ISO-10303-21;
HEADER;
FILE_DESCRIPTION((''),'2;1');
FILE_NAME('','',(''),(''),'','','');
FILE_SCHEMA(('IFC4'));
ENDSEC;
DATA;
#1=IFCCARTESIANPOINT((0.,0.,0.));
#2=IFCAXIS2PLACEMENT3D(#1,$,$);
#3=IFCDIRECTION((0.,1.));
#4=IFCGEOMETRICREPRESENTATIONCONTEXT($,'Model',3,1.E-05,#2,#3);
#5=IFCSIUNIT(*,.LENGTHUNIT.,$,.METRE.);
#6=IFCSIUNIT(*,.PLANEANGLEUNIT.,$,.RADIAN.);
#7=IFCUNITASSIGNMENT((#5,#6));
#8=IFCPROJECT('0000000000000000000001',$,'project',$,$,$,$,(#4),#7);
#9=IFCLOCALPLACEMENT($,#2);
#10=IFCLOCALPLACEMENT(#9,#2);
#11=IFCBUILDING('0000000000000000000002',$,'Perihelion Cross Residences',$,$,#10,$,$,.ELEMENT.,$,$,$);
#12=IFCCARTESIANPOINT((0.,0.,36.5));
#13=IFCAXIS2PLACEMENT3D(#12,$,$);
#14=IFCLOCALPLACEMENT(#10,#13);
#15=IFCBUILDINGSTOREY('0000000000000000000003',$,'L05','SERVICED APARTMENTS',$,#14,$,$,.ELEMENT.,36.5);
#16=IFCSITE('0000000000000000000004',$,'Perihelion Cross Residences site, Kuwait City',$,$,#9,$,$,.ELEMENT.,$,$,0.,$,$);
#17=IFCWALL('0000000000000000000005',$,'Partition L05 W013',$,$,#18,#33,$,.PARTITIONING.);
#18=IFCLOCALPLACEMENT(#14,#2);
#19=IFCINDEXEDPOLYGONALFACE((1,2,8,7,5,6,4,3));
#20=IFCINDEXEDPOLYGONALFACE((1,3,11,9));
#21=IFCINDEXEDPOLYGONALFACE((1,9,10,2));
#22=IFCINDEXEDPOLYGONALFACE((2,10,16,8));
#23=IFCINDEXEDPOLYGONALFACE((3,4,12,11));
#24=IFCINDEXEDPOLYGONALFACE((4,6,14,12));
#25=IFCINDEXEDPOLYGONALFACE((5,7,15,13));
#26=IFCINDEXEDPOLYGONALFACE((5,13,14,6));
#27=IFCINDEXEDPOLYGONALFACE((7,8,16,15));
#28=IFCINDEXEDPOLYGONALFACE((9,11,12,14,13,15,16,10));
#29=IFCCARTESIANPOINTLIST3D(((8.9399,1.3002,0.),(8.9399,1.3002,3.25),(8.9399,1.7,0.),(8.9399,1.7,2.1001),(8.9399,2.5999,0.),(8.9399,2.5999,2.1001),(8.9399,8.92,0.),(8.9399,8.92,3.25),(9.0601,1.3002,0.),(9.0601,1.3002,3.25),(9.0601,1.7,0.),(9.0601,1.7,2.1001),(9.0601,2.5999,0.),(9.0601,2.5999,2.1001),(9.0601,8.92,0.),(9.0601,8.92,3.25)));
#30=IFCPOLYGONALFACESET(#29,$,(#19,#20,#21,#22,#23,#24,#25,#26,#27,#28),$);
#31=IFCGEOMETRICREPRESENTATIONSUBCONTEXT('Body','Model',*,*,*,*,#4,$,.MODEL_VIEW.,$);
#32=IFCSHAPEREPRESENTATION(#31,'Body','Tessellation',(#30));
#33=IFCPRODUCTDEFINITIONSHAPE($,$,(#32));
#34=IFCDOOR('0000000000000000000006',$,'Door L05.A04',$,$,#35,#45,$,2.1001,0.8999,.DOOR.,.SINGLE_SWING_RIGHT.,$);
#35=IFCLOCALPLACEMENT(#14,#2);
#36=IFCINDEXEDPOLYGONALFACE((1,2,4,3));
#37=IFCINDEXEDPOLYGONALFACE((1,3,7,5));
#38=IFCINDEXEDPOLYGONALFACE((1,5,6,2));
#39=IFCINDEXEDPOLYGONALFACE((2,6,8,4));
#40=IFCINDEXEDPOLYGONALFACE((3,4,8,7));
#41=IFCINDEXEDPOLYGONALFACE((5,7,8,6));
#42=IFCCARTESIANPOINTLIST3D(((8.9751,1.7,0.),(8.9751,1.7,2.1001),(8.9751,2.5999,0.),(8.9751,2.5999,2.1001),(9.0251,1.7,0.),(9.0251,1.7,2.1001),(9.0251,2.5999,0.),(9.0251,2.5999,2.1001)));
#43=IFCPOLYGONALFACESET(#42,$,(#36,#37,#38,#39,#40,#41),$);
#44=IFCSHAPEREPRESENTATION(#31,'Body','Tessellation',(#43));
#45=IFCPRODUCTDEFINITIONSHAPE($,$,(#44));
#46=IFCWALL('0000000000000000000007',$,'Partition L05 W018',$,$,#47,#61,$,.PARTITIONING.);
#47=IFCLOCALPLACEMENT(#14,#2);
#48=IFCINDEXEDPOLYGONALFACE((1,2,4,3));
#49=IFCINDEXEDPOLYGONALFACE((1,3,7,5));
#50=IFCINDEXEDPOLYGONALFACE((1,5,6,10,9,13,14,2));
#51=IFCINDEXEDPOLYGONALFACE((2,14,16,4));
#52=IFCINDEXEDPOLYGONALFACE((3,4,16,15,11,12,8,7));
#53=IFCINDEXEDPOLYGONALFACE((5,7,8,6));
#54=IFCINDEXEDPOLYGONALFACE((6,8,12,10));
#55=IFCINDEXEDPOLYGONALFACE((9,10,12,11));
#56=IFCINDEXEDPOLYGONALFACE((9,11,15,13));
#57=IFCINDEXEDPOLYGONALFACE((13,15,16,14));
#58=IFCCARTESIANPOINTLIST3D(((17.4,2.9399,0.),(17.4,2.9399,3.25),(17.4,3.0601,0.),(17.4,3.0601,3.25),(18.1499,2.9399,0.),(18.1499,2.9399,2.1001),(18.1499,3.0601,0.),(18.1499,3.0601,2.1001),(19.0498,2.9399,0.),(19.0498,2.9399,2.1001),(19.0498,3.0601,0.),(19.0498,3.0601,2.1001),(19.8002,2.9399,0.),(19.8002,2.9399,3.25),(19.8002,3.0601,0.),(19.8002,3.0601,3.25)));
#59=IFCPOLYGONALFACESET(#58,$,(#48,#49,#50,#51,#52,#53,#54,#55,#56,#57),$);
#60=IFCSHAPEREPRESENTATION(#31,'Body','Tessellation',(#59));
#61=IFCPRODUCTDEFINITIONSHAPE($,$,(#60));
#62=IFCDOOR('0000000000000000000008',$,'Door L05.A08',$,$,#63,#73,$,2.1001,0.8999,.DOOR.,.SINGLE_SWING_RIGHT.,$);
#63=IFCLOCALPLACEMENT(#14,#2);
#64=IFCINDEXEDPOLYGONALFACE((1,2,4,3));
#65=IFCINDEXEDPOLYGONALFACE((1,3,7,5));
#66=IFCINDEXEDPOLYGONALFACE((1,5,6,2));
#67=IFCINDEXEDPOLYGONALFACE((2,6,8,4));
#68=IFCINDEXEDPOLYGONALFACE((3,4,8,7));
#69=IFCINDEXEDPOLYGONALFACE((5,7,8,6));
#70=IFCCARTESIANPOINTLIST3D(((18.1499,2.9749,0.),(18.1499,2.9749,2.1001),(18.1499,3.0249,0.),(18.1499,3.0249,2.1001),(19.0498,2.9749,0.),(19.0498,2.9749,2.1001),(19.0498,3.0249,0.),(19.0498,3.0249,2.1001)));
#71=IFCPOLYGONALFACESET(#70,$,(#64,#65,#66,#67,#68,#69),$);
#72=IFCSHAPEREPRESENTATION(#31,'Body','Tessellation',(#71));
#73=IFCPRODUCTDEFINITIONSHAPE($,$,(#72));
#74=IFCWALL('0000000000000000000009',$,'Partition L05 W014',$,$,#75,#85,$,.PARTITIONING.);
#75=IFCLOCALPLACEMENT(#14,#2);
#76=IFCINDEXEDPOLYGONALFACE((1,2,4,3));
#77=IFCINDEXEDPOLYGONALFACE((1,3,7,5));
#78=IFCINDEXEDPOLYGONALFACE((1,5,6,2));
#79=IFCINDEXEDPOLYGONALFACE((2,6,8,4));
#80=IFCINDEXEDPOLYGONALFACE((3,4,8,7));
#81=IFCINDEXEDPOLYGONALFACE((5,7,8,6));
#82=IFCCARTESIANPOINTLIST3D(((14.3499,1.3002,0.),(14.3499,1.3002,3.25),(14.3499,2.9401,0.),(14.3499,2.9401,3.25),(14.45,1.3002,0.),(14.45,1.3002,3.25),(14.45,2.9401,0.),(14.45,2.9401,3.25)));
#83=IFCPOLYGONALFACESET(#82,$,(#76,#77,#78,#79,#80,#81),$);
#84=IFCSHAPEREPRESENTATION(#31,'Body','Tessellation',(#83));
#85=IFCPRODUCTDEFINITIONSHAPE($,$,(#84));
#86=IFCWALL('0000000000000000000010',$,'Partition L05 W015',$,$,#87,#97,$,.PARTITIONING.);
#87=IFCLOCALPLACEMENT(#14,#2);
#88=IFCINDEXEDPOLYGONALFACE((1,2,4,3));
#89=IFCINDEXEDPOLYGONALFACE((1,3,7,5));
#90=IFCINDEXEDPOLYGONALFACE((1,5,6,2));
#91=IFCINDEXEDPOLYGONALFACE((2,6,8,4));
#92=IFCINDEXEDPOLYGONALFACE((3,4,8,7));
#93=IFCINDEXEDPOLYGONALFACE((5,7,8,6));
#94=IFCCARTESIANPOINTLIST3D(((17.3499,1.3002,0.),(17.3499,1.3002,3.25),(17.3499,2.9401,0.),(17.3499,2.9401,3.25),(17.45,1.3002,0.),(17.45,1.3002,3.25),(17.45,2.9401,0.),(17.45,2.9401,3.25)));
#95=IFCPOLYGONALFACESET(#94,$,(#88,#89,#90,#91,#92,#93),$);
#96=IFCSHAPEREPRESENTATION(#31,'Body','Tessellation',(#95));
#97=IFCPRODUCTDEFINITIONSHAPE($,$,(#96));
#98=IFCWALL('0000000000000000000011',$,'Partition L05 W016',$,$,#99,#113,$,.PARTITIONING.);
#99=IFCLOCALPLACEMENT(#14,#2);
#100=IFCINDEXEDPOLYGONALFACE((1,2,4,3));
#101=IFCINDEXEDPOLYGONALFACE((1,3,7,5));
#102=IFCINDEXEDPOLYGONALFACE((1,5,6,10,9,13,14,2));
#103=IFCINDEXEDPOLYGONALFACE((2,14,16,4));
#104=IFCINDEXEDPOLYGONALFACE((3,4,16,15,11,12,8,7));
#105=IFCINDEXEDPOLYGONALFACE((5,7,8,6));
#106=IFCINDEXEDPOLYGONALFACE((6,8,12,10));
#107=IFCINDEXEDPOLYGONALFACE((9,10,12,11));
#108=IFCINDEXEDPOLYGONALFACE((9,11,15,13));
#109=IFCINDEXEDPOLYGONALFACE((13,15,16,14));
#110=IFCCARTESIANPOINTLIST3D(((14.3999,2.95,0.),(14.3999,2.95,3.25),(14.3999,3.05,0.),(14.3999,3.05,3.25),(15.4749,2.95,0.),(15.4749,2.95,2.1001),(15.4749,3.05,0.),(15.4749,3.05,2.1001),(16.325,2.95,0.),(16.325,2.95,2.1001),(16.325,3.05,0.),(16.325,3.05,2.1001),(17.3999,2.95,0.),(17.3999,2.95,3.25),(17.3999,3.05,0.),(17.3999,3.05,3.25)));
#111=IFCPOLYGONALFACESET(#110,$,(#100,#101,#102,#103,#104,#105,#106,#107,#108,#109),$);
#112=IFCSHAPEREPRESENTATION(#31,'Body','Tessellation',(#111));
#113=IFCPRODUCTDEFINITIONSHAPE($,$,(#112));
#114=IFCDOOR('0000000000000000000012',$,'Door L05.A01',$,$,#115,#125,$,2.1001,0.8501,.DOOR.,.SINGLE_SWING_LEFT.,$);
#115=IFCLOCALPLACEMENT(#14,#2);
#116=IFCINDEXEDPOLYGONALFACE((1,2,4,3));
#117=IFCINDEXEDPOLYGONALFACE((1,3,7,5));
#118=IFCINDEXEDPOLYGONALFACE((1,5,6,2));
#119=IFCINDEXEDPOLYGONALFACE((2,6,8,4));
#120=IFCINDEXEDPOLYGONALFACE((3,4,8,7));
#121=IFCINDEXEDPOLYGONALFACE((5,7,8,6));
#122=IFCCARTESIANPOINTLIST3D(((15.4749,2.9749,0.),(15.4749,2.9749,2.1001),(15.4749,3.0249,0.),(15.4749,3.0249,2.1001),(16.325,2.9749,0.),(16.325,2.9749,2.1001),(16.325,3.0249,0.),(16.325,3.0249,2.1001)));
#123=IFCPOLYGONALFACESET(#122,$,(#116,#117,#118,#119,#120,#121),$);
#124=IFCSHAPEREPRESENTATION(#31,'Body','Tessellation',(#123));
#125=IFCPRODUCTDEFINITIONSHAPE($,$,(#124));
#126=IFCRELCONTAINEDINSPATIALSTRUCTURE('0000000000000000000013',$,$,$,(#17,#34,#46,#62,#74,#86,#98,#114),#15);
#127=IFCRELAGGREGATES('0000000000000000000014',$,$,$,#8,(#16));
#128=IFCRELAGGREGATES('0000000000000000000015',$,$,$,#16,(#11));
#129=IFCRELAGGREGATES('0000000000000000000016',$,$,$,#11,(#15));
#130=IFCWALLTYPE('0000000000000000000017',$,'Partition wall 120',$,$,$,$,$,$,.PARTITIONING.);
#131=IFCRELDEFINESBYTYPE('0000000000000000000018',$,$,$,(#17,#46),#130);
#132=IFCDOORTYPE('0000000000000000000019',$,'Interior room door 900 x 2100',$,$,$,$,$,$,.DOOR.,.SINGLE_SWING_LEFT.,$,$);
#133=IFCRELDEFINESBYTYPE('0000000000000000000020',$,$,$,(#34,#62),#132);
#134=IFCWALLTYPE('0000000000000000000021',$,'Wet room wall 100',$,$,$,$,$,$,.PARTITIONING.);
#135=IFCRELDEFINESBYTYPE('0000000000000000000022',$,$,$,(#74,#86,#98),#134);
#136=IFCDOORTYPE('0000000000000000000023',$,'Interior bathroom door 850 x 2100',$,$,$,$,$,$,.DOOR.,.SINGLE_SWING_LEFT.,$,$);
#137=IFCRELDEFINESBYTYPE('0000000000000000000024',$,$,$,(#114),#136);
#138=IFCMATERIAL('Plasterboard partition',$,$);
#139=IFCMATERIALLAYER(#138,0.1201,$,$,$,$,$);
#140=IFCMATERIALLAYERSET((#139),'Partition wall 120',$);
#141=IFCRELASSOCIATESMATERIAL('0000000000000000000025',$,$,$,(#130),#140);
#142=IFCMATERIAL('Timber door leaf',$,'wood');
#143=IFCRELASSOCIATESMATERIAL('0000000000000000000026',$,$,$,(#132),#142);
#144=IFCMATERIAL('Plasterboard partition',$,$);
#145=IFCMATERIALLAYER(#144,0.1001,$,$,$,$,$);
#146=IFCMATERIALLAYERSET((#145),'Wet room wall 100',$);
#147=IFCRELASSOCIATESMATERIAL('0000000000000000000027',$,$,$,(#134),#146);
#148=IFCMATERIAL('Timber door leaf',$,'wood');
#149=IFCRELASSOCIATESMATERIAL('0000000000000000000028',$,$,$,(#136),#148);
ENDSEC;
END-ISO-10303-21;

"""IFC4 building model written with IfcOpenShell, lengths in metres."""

from ifc_helpers import new_model, si_unit, direction, frame, frame_2d, origin, place, context, subcontext, project, spatial, rectangle, extrude, material, layer, layer_set, type_object, element, fill, save


model = new_model("IFC4")

# Units and contexts
model_context = context("Model", 3, precision=1e-05, world=origin(), true_north=direction((0.0, 1.0)))
body_context = subcontext(model_context, "Body", "Model", "MODEL_VIEW")
ifc_project = project(units=[si_unit("LENGTHUNIT", "METRE"), si_unit("PLANEANGLEUNIT", "RADIAN")], contexts=[model_context])

# Site, building, storey
site_placement = place(None, origin())
site = spatial("IfcSite", under=ifc_project, at=site_placement, Name="Perihelion Cross Residences site, Kuwait City", CompositionType="ELEMENT", RefElevation=0.0)
building_placement = place(site_placement, origin())
building = spatial("IfcBuilding", under=site, at=building_placement, Name="Perihelion Cross Residences", CompositionType="ELEMENT")
storey_placement = place(building_placement, frame((0.0, 0.0, 36.5)))
storey = spatial("IfcBuildingStorey", under=building, at=storey_placement, Name="L05", Description="SERVICED APARTMENTS", CompositionType="ELEMENT", Elevation=36.5)

# Walls, openings, doors
ifc_material_1 = material(Name="Plasterboard partition")
ifc_layer_1 = layer(ifc_material_1, 0.1201)
ifc_layer_set_1 = layer_set([ifc_layer_1], Name="Partition wall 120")
wall_type_1 = type_object("IfcWallType", Name="Partition wall 120", PredefinedType="PARTITIONING", material=ifc_layer_set_1)
ifc_material_2 = material(Name="Timber door leaf", Category="wood")
door_type_1 = type_object("IfcDoorType", Name="Interior room door 900 x 2100", OperationType="SINGLE_SWING_LEFT", PredefinedType="DOOR", material=ifc_material_2)
wall_1_placement = place(storey_placement, frame((9.0, 1.3, 0.0), z_axis=(0.0, 0.0, 1.0), x_axis=(0.0, 1.0, 0.0)))
wall_1 = element("IfcWall", 1, at=wall_1_placement, inside=storey, type_object=wall_type_1, Name="Partition L05 W013", PredefinedType="PARTITIONING", context=body_context, shape_type="SweptSolid", body=[
    extrude(rectangle(XDim=7.6199, YDim=0.1201, at=frame_2d((3.8101, 0.0))), origin(), (0.0, 0.0, 1.0), 3.25),
])
opening_1_placement = place(wall_1_placement, frame((0.3999, 0.0, 0.0)))
opening_1 = element("IfcOpeningElement", 2, at=opening_1_placement, cuts=wall_1, PredefinedType="OPENING", context=body_context, shape_type="SweptSolid", body=[
    extrude(rectangle(XDim=0.8999, YDim=2.1001, at=frame_2d((0.45, 1.05))), frame((0.0, 0.0701, 0.0), z_axis=(0.0, -1.0, 0.0), x_axis=(1.0, 0.0, 0.0)), (0.0, 0.0, 1.0), 0.1401),
])
door_1_placement = place(opening_1_placement, origin())
door_1 = element("IfcDoor", 3, at=door_1_placement, inside=storey, type_object=door_type_1, Name="Door L05.A04", OperationType="SINGLE_SWING_RIGHT", OverallHeight=2.1001, OverallWidth=0.8999, PredefinedType="DOOR", context=body_context, shape_type="SweptSolid", body=[
    extrude(rectangle(XDim=0.8999, YDim=2.1001, at=frame_2d((0.45, 1.05))), frame((0.0, 0.0249, 0.0), z_axis=(0.0, -1.0, 0.0), x_axis=(1.0, 0.0, 0.0)), (0.0, 0.0, 1.0), 0.05),
])
fill(opening_1, door_1)
wall_2_placement = place(storey_placement, frame((17.3999, 3.0, 0.0), z_axis=(0.0, 0.0, 1.0), x_axis=(1.0, 0.0, 0.0)))
wall_2 = element("IfcWall", 4, at=wall_2_placement, inside=storey, type_object=wall_type_1, Name="Partition L05 W018", PredefinedType="PARTITIONING", context=body_context, shape_type="SweptSolid", body=[
    extrude(rectangle(XDim=2.4001, YDim=0.1201, at=frame_2d((1.2002, 0.0))), origin(), (0.0, 0.0, 1.0), 3.25),
])
opening_2_placement = place(wall_2_placement, frame((0.75, 0.0, 0.0)))
opening_2 = element("IfcOpeningElement", 5, at=opening_2_placement, cuts=wall_2, PredefinedType="OPENING", context=body_context, shape_type="SweptSolid", body=[
    extrude(rectangle(XDim=0.8999, YDim=2.1001, at=frame_2d((0.45, 1.05))), frame((0.0, 0.0701, 0.0), z_axis=(0.0, -1.0, 0.0), x_axis=(1.0, 0.0, 0.0)), (0.0, 0.0, 1.0), 0.1401),
])
door_2_placement = place(opening_2_placement, origin())
door_2 = element("IfcDoor", 6, at=door_2_placement, inside=storey, type_object=door_type_1, Name="Door L05.A08", OperationType="SINGLE_SWING_RIGHT", OverallHeight=2.1001, OverallWidth=0.8999, PredefinedType="DOOR", context=body_context, shape_type="SweptSolid", body=[
    extrude(rectangle(XDim=0.8999, YDim=2.1001, at=frame_2d((0.45, 1.05))), frame((0.0, 0.0249, 0.0), z_axis=(0.0, -1.0, 0.0), x_axis=(1.0, 0.0, 0.0)), (0.0, 0.0, 1.0), 0.05),
])
fill(opening_2, door_2)

# Walls
ifc_material_3 = material(Name="Plasterboard partition")
ifc_layer_2 = layer(ifc_material_3, 0.1001)
ifc_layer_set_2 = layer_set([ifc_layer_2], Name="Wet room wall 100")
wall_type_2 = type_object("IfcWallType", Name="Wet room wall 100", PredefinedType="PARTITIONING", material=ifc_layer_set_2)
for number, where, z_axis, x_axis, name in (
    (7, (14.3999, 2.9399, 0.0), (0.0, 0.0, 1.0), (0.0, -1.0, 0.0), "Partition L05 W014"),
    (8, (17.3999, 2.9399, 0.0), (0.0, 0.0, 1.0), (0.0, -1.0, 0.0), "Partition L05 W015"),
):
    element("IfcWall", number, at=place(storey_placement, frame(where, z_axis=z_axis, x_axis=x_axis)), inside=storey, type_object=wall_type_2, Name=name, PredefinedType="PARTITIONING", context=body_context, shape_type="SweptSolid", body=[
        extrude(rectangle(XDim=1.6399, YDim=0.1001, at=frame_2d((0.8198, 0.0))), origin(), (0.0, 0.0, 1.0), 3.25),
    ])

# Wall, opening, door
wall_3_placement = place(storey_placement, frame((14.3999, 3.0, 0.0), z_axis=(0.0, 0.0, 1.0), x_axis=(1.0, 0.0, 0.0)))
wall_3 = element("IfcWall", 9, at=wall_3_placement, inside=storey, type_object=wall_type_2, Name="Partition L05 W016", PredefinedType="PARTITIONING", context=body_context, shape_type="SweptSolid", body=[
    extrude(rectangle(XDim=3.0, YDim=0.1001, at=frame_2d((1.5, 0.0))), origin(), (0.0, 0.0, 1.0), 3.25),
])
opening_3_placement = place(wall_3_placement, frame((1.075, 0.0, 0.0)))
opening_3 = element("IfcOpeningElement", 10, at=opening_3_placement, cuts=wall_3, PredefinedType="OPENING", context=body_context, shape_type="SweptSolid", body=[
    extrude(rectangle(XDim=0.8501, YDim=2.1001, at=frame_2d((0.425, 1.05))), frame((0.0, 0.0601, 0.0), z_axis=(0.0, -1.0, 0.0), x_axis=(1.0, 0.0, 0.0)), (0.0, 0.0, 1.0), 0.1201),
])
ifc_material_4 = material(Name="Timber door leaf", Category="wood")
door_type_2 = type_object("IfcDoorType", Name="Interior bathroom door 850 x 2100", OperationType="SINGLE_SWING_LEFT", PredefinedType="DOOR", material=ifc_material_4)
door_3_placement = place(opening_3_placement, origin())
door_3 = element("IfcDoor", 11, at=door_3_placement, inside=storey, type_object=door_type_2, Name="Door L05.A01", OperationType="SINGLE_SWING_LEFT", OverallHeight=2.1001, OverallWidth=0.8501, PredefinedType="DOOR", context=body_context, shape_type="SweptSolid", body=[
    extrude(rectangle(XDim=0.8501, YDim=2.1001, at=frame_2d((0.425, 1.05))), frame((0.0, 0.0249, 0.0), z_axis=(0.0, -1.0, 0.0), x_axis=(1.0, 0.0, 0.0)), (0.0, 0.0, 1.0), 0.05),
])
fill(opening_3, door_3)

save(model, "model.ifc")
